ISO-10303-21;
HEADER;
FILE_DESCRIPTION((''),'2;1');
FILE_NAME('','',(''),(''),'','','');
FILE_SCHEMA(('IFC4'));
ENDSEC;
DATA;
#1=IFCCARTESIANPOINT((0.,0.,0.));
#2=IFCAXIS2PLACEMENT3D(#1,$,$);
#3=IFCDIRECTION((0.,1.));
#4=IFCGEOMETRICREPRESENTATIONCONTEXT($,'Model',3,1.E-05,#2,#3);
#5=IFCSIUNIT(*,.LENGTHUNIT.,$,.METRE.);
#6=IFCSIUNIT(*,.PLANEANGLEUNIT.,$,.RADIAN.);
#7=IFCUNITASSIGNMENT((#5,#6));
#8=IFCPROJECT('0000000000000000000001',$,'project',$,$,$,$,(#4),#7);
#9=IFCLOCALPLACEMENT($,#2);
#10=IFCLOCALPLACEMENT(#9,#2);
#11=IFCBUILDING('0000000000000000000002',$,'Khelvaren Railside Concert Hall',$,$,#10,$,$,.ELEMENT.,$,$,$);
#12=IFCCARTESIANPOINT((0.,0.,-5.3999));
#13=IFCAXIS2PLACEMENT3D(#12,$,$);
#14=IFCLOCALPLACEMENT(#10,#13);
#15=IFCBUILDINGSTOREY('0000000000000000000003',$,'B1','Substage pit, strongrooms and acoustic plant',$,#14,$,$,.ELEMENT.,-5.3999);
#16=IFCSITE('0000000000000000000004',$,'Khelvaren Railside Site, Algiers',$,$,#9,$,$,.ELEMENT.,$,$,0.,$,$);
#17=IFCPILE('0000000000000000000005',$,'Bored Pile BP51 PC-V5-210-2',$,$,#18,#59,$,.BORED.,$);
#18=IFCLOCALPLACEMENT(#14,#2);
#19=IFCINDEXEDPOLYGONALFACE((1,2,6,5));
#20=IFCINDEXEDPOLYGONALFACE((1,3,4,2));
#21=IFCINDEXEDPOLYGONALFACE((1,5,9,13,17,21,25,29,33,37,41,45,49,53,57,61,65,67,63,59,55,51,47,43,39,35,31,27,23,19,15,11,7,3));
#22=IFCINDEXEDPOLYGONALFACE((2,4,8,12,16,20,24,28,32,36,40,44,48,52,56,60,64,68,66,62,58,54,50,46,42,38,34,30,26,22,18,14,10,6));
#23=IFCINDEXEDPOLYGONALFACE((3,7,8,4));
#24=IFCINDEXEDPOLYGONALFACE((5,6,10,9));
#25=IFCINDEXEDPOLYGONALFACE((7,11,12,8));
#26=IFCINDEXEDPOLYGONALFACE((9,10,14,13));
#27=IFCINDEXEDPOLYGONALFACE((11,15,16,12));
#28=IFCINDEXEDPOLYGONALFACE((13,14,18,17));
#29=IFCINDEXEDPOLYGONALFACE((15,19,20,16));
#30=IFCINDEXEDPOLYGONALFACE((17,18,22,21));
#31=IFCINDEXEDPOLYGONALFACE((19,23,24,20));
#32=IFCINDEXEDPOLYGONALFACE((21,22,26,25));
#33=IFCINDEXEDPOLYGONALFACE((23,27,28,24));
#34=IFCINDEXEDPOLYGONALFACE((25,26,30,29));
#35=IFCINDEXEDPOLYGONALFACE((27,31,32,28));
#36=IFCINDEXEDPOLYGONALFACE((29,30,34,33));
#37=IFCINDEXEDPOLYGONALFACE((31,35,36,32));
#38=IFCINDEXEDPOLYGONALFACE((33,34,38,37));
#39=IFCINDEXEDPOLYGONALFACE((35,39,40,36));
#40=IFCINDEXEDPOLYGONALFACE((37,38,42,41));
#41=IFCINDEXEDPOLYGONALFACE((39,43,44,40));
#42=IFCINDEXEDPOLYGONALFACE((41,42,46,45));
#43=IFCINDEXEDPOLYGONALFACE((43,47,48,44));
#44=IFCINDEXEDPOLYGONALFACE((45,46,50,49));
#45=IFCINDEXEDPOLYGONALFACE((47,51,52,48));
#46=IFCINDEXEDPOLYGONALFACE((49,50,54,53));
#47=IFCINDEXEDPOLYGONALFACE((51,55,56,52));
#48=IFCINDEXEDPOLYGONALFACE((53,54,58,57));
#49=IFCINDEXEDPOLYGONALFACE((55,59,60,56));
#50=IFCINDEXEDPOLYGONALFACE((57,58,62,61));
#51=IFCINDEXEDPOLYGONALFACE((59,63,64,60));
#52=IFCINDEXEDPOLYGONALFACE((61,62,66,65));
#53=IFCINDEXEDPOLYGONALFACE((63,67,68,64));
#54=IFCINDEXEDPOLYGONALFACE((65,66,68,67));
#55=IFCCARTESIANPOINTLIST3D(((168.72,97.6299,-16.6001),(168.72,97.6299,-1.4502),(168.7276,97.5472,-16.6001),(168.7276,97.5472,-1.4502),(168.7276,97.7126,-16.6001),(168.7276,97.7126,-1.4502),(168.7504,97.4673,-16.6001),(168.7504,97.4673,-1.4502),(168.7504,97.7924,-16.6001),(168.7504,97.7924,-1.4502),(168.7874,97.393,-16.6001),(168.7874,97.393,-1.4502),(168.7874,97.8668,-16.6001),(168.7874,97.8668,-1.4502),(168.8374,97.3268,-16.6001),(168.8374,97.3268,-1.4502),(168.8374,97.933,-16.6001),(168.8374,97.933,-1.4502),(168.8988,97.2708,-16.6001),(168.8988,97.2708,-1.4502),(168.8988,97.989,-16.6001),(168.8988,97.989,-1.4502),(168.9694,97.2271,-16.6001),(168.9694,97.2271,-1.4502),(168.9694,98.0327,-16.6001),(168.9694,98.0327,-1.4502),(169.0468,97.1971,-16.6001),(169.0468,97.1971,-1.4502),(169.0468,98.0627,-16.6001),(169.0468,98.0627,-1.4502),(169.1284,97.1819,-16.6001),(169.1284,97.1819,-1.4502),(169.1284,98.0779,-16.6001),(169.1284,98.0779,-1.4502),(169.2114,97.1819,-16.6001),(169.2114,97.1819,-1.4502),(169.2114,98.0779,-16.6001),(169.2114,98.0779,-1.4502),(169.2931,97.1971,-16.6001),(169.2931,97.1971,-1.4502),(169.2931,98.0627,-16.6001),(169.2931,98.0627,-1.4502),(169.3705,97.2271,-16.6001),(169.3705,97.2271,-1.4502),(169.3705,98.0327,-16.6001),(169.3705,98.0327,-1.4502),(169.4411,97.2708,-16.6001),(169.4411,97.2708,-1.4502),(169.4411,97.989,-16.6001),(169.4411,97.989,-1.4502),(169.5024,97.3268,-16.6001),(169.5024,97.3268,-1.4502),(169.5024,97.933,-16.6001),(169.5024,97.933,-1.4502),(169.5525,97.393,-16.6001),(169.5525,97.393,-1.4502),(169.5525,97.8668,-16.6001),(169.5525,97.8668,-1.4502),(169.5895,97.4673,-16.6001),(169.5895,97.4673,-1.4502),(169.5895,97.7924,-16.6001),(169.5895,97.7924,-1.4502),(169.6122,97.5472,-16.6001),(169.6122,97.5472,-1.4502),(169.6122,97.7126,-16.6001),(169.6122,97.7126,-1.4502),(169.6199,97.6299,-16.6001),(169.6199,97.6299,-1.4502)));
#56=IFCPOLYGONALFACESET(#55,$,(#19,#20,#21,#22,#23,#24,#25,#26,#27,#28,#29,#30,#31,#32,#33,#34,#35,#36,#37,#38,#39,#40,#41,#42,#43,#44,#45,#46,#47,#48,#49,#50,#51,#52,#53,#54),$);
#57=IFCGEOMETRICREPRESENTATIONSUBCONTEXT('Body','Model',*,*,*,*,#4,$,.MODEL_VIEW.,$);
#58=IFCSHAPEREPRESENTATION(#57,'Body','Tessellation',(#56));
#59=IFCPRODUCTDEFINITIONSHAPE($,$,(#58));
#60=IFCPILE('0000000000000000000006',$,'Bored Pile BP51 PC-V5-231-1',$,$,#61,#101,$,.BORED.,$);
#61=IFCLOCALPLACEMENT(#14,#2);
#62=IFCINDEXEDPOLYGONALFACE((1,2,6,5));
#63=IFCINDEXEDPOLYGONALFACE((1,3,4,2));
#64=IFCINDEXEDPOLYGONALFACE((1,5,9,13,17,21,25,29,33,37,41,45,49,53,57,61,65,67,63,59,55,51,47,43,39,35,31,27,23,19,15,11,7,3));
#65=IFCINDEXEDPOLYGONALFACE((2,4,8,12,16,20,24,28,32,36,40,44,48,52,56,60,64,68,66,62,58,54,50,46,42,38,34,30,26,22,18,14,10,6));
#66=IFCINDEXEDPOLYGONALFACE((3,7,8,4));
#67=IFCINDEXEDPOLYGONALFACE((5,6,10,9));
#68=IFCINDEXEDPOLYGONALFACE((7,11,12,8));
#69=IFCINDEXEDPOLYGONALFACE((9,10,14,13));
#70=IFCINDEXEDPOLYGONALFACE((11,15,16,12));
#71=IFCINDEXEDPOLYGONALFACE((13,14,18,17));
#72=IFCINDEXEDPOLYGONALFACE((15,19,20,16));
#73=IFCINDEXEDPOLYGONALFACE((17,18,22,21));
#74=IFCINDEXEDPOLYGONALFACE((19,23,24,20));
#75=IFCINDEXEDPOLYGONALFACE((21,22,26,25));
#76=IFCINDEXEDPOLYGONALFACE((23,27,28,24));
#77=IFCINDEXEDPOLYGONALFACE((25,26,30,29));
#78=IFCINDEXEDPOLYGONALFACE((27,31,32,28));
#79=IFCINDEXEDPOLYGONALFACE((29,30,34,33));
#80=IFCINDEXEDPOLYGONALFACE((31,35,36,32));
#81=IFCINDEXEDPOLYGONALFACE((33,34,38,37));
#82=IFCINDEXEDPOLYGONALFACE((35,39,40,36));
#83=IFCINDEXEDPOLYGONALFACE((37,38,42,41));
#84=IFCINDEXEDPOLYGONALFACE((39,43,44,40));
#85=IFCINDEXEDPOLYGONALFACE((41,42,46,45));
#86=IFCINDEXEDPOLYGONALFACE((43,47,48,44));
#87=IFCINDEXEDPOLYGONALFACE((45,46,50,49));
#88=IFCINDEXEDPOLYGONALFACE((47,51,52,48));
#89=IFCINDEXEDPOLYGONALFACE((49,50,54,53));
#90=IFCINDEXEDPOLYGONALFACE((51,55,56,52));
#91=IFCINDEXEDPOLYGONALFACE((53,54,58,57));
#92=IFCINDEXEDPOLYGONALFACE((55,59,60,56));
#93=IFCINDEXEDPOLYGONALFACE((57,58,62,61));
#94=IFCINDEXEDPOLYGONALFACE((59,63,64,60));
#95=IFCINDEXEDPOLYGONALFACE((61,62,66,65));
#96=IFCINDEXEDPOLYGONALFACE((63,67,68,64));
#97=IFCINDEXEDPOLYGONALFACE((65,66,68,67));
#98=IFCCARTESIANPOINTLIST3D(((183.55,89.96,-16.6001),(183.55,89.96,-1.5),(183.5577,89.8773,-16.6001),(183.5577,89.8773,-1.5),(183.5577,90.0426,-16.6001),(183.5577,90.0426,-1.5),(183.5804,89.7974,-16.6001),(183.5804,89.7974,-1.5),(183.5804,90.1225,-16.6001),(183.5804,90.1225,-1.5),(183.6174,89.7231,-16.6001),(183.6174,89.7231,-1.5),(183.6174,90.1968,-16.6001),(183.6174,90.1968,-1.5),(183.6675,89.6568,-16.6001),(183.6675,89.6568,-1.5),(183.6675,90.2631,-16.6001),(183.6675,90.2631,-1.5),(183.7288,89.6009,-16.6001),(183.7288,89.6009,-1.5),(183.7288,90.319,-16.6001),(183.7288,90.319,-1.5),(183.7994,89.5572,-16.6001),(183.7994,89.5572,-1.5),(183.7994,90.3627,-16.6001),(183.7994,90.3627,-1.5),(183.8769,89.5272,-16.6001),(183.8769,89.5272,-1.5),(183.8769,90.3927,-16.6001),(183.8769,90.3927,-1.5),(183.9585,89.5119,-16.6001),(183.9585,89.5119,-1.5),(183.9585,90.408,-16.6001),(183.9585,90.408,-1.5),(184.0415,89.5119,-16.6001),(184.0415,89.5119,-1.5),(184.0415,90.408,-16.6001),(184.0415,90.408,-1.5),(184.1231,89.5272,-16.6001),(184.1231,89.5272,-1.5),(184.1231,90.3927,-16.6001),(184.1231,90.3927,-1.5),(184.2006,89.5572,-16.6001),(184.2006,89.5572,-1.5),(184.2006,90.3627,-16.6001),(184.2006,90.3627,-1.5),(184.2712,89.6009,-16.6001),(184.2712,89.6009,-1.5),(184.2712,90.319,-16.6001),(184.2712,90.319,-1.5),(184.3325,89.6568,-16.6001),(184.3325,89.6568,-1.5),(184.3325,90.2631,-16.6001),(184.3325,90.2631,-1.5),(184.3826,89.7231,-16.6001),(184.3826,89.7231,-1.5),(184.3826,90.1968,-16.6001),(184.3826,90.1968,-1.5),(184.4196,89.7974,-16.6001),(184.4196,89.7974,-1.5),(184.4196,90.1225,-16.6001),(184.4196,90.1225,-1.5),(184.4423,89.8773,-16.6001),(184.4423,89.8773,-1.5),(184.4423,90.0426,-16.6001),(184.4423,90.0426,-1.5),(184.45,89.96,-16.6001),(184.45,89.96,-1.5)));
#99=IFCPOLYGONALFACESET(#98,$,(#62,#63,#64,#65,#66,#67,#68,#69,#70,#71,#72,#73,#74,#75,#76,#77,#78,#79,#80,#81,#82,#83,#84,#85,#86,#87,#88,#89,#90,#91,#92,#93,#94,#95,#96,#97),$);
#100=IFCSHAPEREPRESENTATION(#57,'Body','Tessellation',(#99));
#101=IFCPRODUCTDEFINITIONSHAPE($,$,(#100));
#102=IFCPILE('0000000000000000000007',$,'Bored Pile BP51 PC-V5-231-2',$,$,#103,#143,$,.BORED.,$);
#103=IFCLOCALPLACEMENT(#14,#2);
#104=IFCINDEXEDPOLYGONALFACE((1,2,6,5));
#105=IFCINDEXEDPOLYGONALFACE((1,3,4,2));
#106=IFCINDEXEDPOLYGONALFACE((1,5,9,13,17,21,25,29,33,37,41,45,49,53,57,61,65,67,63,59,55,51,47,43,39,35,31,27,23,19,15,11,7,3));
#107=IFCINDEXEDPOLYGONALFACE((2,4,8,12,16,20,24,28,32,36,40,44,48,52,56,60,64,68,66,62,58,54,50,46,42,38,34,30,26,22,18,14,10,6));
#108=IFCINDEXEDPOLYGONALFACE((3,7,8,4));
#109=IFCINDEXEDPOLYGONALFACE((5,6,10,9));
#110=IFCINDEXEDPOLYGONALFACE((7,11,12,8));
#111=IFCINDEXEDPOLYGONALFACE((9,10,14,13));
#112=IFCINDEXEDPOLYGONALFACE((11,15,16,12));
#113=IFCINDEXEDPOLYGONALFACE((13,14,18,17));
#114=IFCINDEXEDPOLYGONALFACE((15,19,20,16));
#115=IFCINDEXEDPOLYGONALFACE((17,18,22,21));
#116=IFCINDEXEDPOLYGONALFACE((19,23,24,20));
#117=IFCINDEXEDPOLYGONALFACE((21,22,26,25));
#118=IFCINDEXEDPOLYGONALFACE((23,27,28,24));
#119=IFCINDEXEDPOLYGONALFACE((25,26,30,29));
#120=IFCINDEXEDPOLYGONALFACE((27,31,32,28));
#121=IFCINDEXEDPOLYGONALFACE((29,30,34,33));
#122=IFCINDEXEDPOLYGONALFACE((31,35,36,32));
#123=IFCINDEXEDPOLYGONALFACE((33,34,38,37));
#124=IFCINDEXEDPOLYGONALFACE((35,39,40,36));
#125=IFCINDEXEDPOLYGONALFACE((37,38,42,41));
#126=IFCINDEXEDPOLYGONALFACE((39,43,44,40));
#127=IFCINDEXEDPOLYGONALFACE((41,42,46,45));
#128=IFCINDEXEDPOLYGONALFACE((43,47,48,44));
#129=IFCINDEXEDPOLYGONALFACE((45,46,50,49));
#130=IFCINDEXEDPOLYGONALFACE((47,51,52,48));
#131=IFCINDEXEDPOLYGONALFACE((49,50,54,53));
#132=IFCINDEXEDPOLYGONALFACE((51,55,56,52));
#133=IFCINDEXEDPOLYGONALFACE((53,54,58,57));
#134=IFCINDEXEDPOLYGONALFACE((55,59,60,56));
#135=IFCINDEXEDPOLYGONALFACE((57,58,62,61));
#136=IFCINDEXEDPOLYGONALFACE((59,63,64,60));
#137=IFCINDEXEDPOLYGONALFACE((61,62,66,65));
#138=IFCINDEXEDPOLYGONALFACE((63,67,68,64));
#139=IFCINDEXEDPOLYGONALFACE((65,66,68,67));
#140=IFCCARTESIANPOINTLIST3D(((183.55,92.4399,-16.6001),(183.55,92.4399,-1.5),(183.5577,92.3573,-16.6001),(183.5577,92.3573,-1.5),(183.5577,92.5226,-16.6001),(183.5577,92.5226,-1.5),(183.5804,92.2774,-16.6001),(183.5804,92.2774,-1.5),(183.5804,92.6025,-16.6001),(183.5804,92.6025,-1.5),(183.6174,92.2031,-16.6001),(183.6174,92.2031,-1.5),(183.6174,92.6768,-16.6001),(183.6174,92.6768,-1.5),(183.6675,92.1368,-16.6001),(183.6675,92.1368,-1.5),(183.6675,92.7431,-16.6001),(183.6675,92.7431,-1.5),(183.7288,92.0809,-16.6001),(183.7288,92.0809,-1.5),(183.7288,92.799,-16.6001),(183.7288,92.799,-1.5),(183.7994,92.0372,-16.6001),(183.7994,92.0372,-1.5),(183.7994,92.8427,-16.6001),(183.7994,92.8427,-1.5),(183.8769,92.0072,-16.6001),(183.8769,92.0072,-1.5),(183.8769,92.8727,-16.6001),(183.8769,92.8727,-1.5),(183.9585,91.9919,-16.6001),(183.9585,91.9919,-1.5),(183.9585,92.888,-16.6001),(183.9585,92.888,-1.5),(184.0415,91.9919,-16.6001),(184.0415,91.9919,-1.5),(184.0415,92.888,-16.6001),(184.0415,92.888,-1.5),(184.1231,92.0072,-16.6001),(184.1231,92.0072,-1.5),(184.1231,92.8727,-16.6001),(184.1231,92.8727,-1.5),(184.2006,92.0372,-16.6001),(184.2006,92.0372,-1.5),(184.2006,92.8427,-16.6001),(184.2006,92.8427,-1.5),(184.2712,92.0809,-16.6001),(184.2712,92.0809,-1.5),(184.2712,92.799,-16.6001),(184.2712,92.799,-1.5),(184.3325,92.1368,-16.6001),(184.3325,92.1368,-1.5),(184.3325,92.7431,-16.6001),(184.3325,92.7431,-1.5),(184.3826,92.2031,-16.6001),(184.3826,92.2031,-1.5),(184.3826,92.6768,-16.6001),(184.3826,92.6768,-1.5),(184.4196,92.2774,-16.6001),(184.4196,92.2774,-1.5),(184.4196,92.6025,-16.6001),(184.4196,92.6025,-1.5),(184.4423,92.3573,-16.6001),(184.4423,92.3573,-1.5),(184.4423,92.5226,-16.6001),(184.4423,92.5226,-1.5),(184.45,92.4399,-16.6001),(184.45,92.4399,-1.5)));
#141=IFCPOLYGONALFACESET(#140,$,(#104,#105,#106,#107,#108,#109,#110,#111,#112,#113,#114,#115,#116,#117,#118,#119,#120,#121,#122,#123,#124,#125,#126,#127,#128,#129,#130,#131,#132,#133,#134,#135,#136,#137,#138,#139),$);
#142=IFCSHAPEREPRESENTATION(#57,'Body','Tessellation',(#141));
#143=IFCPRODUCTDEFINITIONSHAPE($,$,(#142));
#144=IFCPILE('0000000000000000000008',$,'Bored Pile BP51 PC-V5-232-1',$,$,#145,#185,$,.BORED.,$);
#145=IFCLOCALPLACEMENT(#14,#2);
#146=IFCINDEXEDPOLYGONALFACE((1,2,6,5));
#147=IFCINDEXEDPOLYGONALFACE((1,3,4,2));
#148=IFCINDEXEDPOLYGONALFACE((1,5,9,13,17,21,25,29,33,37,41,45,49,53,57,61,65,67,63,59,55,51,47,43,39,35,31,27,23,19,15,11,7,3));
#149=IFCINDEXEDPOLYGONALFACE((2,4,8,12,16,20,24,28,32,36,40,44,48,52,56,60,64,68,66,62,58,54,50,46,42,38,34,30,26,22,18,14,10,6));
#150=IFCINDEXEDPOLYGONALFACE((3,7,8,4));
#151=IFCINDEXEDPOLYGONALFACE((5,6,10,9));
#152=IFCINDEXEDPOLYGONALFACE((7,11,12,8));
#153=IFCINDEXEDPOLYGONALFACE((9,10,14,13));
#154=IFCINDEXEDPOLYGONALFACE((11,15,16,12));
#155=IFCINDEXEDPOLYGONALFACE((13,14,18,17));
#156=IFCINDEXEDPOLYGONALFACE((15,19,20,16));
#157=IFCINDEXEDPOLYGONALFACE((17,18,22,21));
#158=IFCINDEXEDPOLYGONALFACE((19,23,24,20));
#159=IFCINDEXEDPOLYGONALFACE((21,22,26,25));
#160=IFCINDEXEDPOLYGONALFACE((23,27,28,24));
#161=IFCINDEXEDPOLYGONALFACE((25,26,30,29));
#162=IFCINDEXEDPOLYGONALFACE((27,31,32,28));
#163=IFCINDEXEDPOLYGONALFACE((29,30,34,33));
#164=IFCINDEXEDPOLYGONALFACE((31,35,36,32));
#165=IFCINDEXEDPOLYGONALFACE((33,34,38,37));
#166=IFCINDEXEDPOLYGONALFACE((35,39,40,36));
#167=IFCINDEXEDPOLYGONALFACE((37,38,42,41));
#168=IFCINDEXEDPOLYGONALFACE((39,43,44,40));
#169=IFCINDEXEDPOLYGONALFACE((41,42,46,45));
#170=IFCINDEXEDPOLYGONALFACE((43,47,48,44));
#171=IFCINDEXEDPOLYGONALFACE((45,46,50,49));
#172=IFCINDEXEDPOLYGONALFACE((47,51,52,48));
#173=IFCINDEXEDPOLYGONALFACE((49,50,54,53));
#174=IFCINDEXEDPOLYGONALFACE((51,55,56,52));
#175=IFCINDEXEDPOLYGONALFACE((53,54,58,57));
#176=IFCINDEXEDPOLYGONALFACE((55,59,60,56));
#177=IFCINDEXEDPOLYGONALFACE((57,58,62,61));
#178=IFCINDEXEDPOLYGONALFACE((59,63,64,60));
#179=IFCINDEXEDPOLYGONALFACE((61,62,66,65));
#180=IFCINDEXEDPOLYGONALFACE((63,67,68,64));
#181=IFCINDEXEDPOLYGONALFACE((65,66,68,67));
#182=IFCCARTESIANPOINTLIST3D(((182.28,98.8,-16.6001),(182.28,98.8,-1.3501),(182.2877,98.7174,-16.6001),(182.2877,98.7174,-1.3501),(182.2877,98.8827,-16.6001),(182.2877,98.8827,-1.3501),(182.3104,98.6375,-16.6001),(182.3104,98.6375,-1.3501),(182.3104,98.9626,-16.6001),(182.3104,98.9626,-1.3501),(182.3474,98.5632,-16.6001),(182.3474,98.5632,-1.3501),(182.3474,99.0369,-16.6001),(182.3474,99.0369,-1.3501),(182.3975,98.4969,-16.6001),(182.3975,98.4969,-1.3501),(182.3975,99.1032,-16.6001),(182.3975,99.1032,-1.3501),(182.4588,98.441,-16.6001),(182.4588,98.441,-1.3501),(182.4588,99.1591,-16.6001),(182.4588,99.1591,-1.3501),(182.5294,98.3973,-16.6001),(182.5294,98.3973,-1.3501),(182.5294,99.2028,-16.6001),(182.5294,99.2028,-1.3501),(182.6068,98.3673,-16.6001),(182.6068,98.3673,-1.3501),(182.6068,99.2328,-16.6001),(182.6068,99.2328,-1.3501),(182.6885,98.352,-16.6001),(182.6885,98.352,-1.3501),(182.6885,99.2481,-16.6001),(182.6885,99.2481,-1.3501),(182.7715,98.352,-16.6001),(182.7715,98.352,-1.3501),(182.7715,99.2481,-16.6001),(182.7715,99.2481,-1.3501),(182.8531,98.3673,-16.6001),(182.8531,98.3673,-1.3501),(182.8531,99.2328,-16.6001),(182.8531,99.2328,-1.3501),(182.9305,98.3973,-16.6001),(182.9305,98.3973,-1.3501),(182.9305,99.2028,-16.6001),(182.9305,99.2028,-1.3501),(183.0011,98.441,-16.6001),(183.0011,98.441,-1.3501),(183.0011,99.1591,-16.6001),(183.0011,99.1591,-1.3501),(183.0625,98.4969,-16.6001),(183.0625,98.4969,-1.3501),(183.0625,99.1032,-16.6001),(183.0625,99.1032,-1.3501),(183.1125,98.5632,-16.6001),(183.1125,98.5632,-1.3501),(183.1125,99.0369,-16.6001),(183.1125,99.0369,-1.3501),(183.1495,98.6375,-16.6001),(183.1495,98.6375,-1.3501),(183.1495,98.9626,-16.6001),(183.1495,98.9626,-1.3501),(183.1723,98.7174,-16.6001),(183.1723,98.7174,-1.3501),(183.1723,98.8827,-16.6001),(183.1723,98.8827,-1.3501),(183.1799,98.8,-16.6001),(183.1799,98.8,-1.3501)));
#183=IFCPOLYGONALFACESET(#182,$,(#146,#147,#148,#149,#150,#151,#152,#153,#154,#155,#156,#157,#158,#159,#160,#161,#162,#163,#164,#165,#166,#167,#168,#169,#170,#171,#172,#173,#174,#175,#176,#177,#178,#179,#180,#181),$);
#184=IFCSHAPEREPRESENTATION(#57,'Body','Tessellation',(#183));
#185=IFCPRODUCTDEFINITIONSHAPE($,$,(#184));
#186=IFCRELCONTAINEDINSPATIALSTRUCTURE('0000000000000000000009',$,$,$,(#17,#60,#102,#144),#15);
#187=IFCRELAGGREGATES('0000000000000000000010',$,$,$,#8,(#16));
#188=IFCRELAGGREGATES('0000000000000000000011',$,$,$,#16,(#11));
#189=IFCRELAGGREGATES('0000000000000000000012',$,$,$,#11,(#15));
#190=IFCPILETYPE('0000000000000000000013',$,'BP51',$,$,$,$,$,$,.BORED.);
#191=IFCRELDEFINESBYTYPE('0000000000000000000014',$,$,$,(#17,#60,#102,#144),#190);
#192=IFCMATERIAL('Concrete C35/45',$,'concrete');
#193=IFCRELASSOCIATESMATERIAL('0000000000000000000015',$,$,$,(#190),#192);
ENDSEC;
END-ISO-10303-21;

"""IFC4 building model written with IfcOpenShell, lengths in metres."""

from ifc_helpers import new_model, si_unit, direction, frame, origin, origin_2d, place, context, subcontext, project, spatial, circle, extrude, material, material_profile, profile_set, type_object, element, save


model = new_model("IFC4")

# Units and contexts
model_context = context("Model", 3, precision=1e-05, world=origin(), true_north=direction((0.0, 1.0)))
body_context = subcontext(model_context, "Body", "Model", "MODEL_VIEW")
ifc_project = project(units=[si_unit("LENGTHUNIT", "METRE"), si_unit("PLANEANGLEUNIT", "RADIAN")], contexts=[model_context])

# Site, building, storey
site_placement = place(None, origin())
site = spatial("IfcSite", under=ifc_project, at=site_placement, Name="Khelvaren Railside Site, Algiers", CompositionType="ELEMENT", RefElevation=0.0)
building_placement = place(site_placement, origin())
building = spatial("IfcBuilding", under=site, at=building_placement, Name="Khelvaren Railside Concert Hall", CompositionType="ELEMENT")
storey_placement = place(building_placement, frame((0.0, 0.0, -5.3999)))
storey = spatial("IfcBuildingStorey", under=building, at=storey_placement, Name="B1", Description="Substage pit, strongrooms and acoustic plant", CompositionType="ELEMENT", Elevation=-5.3999)

# Piles
ifc_material_1 = material(Name="Concrete C35/45", Category="concrete")
ifc_material_profile_1 = material_profile(ifc_material_1, circle(Radius=0.45, at=origin_2d()), Name="BP D900")
ifc_profile_set_1 = profile_set([ifc_material_profile_1], Name="Concrete C35/45")
pile_type_1 = type_object("IfcPileType", Name="BP51", PredefinedType="BORED", material=ifc_profile_set_1)
for number, where, z_axis, x_axis, name in (
    (1, (169.1699, 97.6299, -1.4502), (0.0, 0.0, -1.0), (1.0, 0.0, 0.0), "Bored Pile BP51 PC-V5-210-2"),
):
    element("IfcPile", number, at=place(storey_placement, frame(where, z_axis=z_axis, x_axis=x_axis)), inside=storey, type_object=pile_type_1, Name=name, PredefinedType="BORED", context=body_context, shape_type="SweptSolid", body=[
        extrude(circle(Radius=0.45, at=origin_2d()), origin(), (0.0, 0.0, 1.0), 15.1499),
    ])
for number, where, z_axis, x_axis, name in (
    (2, (184.0, 89.96, -1.5), (0.0, 0.0, -1.0), (1.0, 0.0, 0.0), "Bored Pile BP51 PC-V5-231-1"),
    (3, (184.0, 92.4399, -1.5), (0.0, 0.0, -1.0), (1.0, 0.0, 0.0), "Bored Pile BP51 PC-V5-231-2"),
):
    element("IfcPile", number, at=place(storey_placement, frame(where, z_axis=z_axis, x_axis=x_axis)), inside=storey, type_object=pile_type_1, Name=name, PredefinedType="BORED", context=body_context, shape_type="SweptSolid", body=[
        extrude(circle(Radius=0.45, at=origin_2d()), origin(), (0.0, 0.0, 1.0), 15.1001),
    ])
for number, where, z_axis, x_axis, name in (
    (4, (182.73, 98.8, -1.3501), (0.0, 0.0, -1.0), (1.0, 0.0, 0.0), "Bored Pile BP51 PC-V5-232-1"),
):
    element("IfcPile", number, at=place(storey_placement, frame(where, z_axis=z_axis, x_axis=x_axis)), inside=storey, type_object=pile_type_1, Name=name, PredefinedType="BORED", context=body_context, shape_type="SweptSolid", body=[
        extrude(circle(Radius=0.45, at=origin_2d()), origin(), (0.0, 0.0, 1.0), 15.25),
    ])

save(model, "model.ifc")
